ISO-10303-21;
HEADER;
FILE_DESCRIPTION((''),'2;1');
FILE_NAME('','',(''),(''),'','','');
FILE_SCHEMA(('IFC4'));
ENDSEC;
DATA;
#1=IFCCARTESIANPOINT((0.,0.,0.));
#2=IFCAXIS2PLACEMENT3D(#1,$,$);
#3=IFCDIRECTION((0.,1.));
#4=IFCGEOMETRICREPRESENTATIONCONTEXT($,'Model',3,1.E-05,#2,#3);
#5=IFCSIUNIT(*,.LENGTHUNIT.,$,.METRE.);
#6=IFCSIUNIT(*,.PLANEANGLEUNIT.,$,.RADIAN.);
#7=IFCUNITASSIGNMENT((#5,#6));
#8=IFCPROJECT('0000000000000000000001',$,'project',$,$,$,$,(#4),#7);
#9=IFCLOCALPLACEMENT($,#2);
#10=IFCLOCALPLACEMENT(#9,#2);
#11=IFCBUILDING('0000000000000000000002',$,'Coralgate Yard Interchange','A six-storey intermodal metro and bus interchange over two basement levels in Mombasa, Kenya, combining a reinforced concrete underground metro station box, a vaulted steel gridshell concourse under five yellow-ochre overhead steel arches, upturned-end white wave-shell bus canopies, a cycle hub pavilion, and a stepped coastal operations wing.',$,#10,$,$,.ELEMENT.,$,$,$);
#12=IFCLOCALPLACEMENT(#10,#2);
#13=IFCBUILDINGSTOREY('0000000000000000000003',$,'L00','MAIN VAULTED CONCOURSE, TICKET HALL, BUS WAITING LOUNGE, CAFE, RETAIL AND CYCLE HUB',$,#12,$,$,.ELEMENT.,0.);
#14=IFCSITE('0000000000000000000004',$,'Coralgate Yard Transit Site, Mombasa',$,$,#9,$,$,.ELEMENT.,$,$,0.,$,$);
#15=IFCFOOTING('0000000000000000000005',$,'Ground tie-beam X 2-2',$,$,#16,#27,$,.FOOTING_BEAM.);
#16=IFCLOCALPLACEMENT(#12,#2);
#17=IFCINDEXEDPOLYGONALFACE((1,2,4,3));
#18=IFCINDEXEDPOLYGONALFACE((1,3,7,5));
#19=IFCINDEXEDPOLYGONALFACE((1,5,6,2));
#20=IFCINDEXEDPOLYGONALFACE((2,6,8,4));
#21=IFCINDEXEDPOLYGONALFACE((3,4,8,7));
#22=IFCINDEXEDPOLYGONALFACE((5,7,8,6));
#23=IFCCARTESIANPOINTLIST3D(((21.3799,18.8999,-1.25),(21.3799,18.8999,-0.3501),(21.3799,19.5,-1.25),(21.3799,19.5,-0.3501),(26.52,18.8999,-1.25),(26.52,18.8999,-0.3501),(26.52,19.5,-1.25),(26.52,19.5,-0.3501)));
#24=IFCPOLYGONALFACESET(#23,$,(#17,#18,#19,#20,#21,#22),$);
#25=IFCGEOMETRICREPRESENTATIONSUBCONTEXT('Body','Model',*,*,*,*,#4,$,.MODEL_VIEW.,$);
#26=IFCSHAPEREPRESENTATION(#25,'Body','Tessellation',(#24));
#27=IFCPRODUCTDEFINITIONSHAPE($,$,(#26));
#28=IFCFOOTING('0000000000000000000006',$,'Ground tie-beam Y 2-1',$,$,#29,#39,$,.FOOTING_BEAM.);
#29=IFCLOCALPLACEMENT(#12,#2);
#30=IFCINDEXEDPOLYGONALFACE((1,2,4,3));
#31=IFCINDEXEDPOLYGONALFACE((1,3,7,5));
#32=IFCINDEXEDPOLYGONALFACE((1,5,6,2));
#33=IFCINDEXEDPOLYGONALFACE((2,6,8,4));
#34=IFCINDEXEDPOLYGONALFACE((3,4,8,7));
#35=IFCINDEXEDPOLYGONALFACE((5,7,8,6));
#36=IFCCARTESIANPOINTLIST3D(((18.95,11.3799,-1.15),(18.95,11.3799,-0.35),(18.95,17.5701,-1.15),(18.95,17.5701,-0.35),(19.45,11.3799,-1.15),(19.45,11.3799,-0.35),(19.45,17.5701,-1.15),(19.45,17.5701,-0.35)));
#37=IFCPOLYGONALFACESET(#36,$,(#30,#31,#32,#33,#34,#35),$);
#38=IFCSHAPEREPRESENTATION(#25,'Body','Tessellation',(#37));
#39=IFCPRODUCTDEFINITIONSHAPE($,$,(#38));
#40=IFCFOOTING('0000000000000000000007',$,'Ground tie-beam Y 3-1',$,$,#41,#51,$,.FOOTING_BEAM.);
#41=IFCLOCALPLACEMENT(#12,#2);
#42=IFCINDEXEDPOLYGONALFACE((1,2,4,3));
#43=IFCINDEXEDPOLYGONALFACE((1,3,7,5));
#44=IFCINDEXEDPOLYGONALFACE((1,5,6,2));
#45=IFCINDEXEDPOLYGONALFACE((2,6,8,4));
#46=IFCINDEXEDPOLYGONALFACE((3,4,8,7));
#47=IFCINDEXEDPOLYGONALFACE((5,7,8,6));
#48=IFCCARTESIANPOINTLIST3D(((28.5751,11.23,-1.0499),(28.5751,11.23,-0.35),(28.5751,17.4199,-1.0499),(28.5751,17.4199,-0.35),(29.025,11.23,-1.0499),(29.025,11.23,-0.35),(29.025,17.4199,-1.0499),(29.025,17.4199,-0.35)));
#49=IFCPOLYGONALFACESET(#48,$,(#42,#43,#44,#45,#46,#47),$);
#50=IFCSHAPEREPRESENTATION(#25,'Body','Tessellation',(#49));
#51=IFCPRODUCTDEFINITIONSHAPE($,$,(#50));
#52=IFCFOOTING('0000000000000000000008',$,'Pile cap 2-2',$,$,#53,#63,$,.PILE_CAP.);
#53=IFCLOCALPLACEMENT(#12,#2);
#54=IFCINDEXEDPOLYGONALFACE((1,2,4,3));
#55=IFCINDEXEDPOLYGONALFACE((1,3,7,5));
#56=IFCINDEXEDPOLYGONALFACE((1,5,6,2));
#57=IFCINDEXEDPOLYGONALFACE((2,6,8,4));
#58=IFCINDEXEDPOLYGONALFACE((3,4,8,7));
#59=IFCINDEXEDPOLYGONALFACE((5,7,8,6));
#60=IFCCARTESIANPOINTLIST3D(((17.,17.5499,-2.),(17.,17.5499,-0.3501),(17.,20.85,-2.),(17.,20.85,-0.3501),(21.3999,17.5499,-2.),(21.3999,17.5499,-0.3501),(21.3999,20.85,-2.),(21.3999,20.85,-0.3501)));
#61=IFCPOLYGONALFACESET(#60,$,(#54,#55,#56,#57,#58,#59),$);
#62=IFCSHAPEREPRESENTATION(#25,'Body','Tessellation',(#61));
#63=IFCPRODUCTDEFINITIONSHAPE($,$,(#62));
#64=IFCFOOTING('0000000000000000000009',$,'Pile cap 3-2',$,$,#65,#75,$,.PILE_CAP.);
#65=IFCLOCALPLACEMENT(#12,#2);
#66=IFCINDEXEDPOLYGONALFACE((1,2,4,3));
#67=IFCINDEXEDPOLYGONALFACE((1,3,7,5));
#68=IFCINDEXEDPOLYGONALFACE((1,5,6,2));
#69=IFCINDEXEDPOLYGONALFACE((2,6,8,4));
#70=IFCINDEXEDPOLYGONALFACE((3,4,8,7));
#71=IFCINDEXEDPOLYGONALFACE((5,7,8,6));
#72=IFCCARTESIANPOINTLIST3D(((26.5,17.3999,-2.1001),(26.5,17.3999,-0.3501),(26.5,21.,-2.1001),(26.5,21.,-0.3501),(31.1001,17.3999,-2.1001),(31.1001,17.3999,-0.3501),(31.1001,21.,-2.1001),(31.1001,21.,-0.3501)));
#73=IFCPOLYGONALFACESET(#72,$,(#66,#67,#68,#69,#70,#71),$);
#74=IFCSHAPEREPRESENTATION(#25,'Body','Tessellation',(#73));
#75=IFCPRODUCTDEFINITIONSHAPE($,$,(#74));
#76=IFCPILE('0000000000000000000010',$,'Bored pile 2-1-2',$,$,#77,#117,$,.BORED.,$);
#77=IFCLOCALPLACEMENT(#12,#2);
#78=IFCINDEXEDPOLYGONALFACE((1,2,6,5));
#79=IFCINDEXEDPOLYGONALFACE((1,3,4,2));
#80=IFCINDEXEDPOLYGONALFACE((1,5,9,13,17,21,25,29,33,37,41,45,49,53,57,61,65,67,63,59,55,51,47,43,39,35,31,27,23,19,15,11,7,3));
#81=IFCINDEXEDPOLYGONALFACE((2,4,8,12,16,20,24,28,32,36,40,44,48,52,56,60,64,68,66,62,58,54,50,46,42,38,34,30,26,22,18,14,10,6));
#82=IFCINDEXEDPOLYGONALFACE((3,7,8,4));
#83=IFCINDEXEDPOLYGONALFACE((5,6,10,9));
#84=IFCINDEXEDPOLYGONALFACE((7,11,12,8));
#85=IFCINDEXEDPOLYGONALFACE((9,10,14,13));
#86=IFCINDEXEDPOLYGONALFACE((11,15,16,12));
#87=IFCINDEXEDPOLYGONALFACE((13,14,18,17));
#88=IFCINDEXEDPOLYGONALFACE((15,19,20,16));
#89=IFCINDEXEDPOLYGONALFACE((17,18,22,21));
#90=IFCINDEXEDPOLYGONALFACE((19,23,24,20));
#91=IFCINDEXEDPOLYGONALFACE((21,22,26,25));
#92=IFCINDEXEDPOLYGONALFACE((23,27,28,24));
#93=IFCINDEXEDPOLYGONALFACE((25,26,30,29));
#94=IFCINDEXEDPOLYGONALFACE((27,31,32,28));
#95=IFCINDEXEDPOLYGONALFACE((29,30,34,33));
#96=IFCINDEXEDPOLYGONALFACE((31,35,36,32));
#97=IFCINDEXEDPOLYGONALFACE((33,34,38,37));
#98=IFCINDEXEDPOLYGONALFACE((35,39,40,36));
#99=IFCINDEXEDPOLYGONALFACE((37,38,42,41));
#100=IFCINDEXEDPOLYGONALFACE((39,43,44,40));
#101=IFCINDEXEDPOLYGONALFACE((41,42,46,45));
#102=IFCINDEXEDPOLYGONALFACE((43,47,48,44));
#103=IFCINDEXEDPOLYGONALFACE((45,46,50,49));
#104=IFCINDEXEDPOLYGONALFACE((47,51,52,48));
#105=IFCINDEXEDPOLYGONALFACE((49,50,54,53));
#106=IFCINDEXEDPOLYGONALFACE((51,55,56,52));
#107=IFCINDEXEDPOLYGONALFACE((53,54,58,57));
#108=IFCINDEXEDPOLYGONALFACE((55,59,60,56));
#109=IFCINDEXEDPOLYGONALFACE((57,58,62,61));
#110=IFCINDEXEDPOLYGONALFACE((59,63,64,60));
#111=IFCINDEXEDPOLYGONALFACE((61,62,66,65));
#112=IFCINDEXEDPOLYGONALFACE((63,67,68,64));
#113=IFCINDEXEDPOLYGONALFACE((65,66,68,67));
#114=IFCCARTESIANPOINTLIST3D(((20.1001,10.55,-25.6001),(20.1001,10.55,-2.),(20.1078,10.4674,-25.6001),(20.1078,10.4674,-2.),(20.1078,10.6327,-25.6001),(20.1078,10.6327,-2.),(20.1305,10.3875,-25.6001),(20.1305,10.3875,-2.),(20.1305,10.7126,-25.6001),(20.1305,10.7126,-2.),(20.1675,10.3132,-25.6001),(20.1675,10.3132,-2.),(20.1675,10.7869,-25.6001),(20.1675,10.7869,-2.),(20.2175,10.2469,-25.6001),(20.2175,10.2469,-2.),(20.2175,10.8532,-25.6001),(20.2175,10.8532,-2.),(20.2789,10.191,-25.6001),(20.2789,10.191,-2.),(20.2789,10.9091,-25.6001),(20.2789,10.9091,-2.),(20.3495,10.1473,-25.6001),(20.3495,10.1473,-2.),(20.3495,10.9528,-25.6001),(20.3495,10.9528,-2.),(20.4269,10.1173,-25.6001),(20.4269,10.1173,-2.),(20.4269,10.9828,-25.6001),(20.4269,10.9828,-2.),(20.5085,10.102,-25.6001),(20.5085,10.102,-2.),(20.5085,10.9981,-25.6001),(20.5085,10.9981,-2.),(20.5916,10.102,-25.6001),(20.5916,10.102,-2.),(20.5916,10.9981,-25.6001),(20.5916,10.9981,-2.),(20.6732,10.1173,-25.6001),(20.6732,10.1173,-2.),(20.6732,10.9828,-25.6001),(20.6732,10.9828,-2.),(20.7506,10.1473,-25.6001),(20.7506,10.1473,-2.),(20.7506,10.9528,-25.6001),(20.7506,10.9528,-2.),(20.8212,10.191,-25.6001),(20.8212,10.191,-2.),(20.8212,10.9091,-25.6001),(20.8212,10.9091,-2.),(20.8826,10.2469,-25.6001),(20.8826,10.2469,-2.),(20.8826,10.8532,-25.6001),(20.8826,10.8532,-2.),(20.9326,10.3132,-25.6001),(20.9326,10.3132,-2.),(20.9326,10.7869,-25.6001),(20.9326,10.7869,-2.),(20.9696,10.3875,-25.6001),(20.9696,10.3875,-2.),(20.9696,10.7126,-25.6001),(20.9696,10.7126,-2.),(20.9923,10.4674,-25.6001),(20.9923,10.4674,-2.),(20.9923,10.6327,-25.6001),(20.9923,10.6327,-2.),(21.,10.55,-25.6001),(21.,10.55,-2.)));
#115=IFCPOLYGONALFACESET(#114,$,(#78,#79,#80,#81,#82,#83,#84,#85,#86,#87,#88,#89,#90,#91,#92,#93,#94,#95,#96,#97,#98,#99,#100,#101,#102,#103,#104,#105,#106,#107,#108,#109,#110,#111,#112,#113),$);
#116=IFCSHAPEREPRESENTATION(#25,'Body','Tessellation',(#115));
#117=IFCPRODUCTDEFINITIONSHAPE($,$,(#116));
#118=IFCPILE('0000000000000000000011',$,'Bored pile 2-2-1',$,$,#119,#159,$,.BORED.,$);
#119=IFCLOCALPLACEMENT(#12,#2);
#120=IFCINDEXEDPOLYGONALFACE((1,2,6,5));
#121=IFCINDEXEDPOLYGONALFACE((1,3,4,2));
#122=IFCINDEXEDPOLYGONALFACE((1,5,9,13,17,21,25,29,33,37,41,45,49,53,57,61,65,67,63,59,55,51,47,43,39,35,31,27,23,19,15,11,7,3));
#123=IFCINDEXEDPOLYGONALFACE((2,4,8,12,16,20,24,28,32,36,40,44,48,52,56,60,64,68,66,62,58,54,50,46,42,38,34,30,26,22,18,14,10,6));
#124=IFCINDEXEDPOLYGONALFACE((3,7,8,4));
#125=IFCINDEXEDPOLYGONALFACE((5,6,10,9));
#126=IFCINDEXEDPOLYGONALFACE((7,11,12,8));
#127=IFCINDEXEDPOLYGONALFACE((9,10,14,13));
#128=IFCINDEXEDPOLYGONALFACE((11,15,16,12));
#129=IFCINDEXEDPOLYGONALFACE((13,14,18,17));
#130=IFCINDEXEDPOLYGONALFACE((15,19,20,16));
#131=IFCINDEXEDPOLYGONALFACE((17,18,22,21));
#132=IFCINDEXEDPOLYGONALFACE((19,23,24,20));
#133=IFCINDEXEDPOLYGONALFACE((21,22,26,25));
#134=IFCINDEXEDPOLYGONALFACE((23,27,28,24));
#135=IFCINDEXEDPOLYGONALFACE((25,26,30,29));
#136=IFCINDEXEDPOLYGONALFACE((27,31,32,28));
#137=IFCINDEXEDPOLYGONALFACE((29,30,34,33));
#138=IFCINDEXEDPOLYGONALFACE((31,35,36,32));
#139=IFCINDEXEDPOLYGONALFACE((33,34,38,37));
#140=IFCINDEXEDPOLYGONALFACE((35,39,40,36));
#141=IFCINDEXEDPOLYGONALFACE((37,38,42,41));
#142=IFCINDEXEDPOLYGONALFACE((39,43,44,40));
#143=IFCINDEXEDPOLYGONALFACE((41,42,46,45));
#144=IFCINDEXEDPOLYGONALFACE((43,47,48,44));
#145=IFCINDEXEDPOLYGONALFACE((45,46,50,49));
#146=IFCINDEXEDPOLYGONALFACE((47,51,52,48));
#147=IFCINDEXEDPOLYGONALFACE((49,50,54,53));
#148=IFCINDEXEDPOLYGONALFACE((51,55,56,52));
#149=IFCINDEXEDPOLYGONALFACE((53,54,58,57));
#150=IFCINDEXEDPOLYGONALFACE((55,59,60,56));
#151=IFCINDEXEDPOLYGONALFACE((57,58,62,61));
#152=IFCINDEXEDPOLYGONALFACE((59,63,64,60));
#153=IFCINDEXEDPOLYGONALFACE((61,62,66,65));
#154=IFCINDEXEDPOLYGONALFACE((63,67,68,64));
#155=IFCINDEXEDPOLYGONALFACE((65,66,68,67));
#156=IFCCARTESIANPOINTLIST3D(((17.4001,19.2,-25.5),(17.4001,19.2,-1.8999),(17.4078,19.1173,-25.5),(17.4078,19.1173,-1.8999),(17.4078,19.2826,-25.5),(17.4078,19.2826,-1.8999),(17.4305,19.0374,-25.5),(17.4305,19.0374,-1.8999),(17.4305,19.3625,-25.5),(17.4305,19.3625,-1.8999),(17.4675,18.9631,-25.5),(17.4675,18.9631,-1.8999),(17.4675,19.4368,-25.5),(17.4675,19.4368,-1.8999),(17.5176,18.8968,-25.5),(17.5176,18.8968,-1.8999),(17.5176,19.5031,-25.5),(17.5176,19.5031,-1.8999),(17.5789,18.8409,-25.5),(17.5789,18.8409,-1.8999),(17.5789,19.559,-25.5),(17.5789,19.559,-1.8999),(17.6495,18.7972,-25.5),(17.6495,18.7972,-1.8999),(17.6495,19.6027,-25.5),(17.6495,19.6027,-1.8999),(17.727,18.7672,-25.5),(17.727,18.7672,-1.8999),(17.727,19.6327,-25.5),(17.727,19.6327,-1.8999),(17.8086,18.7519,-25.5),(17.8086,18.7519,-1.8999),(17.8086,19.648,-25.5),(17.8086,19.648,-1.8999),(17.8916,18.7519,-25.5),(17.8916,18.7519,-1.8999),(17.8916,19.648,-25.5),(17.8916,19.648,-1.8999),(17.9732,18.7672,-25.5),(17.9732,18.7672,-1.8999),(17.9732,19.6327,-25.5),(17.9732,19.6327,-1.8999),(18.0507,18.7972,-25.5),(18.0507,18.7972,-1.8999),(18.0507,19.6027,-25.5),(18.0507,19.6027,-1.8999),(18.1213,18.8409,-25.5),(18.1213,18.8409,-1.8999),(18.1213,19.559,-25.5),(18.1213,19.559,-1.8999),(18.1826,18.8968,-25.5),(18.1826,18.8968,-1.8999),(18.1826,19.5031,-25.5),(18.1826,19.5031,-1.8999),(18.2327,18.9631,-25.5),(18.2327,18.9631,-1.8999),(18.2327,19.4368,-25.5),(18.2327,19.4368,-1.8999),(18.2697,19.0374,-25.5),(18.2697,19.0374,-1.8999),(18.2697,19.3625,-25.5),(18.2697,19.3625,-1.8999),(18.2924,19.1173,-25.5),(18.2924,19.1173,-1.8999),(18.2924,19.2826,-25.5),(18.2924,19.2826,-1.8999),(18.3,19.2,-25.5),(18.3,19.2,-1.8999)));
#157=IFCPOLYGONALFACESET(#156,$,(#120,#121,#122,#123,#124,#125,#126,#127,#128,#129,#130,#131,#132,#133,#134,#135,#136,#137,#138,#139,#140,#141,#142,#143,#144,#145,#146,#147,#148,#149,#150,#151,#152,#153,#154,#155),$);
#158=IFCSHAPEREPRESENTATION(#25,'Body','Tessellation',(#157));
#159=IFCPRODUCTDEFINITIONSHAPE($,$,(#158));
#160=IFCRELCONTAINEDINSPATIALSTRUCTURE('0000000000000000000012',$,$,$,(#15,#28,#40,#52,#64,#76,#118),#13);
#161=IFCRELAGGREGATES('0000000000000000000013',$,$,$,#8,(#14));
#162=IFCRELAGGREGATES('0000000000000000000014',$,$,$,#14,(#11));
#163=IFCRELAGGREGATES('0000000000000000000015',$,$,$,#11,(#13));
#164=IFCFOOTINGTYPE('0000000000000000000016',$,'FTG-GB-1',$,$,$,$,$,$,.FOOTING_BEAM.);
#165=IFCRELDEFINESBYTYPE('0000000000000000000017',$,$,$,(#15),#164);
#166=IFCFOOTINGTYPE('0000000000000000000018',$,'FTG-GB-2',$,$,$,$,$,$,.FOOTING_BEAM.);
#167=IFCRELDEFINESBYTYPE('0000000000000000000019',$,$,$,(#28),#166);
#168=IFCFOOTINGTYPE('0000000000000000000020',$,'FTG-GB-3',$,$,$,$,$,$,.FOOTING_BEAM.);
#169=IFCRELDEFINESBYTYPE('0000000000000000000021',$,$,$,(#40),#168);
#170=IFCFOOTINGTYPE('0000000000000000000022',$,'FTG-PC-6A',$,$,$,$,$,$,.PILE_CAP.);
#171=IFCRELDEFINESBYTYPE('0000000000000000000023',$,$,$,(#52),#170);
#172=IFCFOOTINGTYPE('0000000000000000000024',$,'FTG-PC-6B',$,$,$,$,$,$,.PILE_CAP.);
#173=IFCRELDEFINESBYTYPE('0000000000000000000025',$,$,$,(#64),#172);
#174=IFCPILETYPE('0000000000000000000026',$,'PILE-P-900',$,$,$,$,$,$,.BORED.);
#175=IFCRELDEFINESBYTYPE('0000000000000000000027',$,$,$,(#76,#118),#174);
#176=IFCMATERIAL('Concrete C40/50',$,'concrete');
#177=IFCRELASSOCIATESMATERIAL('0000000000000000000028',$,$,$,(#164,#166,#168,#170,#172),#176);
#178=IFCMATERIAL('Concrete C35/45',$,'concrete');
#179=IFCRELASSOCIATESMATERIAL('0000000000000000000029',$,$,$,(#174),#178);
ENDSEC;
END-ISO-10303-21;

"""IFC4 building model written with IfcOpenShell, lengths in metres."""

from ifc_helpers import new_model, si_unit, direction, frame, origin, origin_2d, place, context, subcontext, project, spatial, rectangle, circle, extrude, material, material_profile, profile_set, type_object, element, save


model = new_model("IFC4")

# Units and contexts
model_context = context("Model", 3, precision=1e-05, world=origin(), true_north=direction((0.0, 1.0)))
body_context = subcontext(model_context, "Body", "Model", "MODEL_VIEW")
ifc_project = project(units=[si_unit("LENGTHUNIT", "METRE"), si_unit("PLANEANGLEUNIT", "RADIAN")], contexts=[model_context])

# Site, building, storey
site_placement = place(None, origin())
site = spatial("IfcSite", under=ifc_project, at=site_placement, Name="Coralgate Yard Transit Site, Mombasa", CompositionType="ELEMENT", RefElevation=0.0)
building_placement = place(site_placement, origin())
building = spatial("IfcBuilding", under=site, at=building_placement, Name="Coralgate Yard Interchange", Description="A six-storey intermodal metro and bus interchange over two basement levels in Mombasa, Kenya, combining a reinforced concrete underground metro station box, a vaulted steel gridshell concourse under five yellow-ochre overhead steel arches, upturned-end white wave-shell bus canopies, a cycle hub pavilion, and a stepped coastal operations wing.", CompositionType="ELEMENT")
storey_placement = place(building_placement, origin())
storey = spatial("IfcBuildingStorey", under=building, at=storey_placement, Name="L00", Description="MAIN VAULTED CONCOURSE, TICKET HALL, BUS WAITING LOUNGE, CAFE, RETAIL AND CYCLE HUB", CompositionType="ELEMENT", Elevation=0.0)

# Footings
ifc_material_1 = material(Name="Concrete C40/50", Category="concrete")
ifc_material_profile_1 = material_profile(ifc_material_1, rectangle(XDim=0.6001, YDim=0.8999, at=origin_2d()), Name="RC 600x900")
ifc_profile_set_1 = profile_set([ifc_material_profile_1], Name="Concrete C40/50")
footing_type_1 = type_object("IfcFootingType", Name="FTG-GB-1", PredefinedType="FOOTING_BEAM", material=ifc_profile_set_1)
footing_1_placement = place(storey_placement, frame((21.3799, 19.2, -0.8), z_axis=(1.0, 0.0, 0.0), x_axis=(0.0, 1.0, 0.0)))
element("IfcFooting", 1, at=footing_1_placement, inside=storey, type_object=footing_type_1, Name="Ground tie-beam X 2-2", PredefinedType="FOOTING_BEAM", context=body_context, shape_type="SweptSolid", body=[
    extrude(rectangle(XDim=0.6001, YDim=0.8999, at=origin_2d()), origin(), (0.0, 0.0, 1.0), 5.1401),
])
ifc_material_profile_2 = material_profile(ifc_material_1, rectangle(XDim=0.5, YDim=0.8, at=origin_2d()), Name="RC 500x800")
ifc_profile_set_2 = profile_set([ifc_material_profile_2], Name="Concrete C40/50")
footing_type_2 = type_object("IfcFootingType", Name="FTG-GB-2", PredefinedType="FOOTING_BEAM", material=ifc_profile_set_2)
footing_2_placement = place(storey_placement, frame((19.2, 11.3799, -0.75), z_axis=(0.0, 1.0, 0.0), x_axis=(-1.0, 0.0, 0.0)))
element("IfcFooting", 2, at=footing_2_placement, inside=storey, type_object=footing_type_2, Name="Ground tie-beam Y 2-1", PredefinedType="FOOTING_BEAM", context=body_context, shape_type="SweptSolid", body=[
    extrude(rectangle(XDim=0.5, YDim=0.8, at=origin_2d()), origin(), (0.0, 0.0, 1.0), 6.1902),
])
ifc_material_profile_3 = material_profile(ifc_material_1, rectangle(XDim=0.45, YDim=0.7, at=origin_2d()), Name="RC 450x700")
ifc_profile_set_3 = profile_set([ifc_material_profile_3], Name="Concrete C40/50")
footing_type_3 = type_object("IfcFootingType", Name="FTG-GB-3", PredefinedType="FOOTING_BEAM", material=ifc_profile_set_3)
footing_3_placement = place(storey_placement, frame((28.8, 11.23, -0.7), z_axis=(0.0, 1.0, 0.0), x_axis=(-1.0, 0.0, 0.0)))
element("IfcFooting", 3, at=footing_3_placement, inside=storey, type_object=footing_type_3, Name="Ground tie-beam Y 3-1", PredefinedType="FOOTING_BEAM", context=body_context, shape_type="SweptSolid", body=[
    extrude(rectangle(XDim=0.45, YDim=0.7, at=origin_2d()), origin(), (0.0, 0.0, 1.0), 6.1899),
])
footing_type_4 = type_object("IfcFootingType", Name="FTG-PC-6A", PredefinedType="PILE_CAP", material=ifc_material_1)
footing_4_placement = place(storey_placement, frame((19.2, 19.2, -2.0), z_axis=(0.0, 0.0, 1.0), x_axis=(1.0, 0.0, 0.0)))
element("IfcFooting", 4, at=footing_4_placement, inside=storey, type_object=footing_type_4, Name="Pile cap 2-2", PredefinedType="PILE_CAP", context=body_context, shape_type="SweptSolid", body=[
    extrude(rectangle(XDim=4.3999, YDim=3.3, at=origin_2d()), origin(), (0.0, 0.0, 1.0), 1.6499),
])
footing_type_5 = type_object("IfcFootingType", Name="FTG-PC-6B", PredefinedType="PILE_CAP", material=ifc_material_1)
footing_5_placement = place(storey_placement, frame((28.8, 19.2, -2.1001), z_axis=(0.0, 0.0, 1.0), x_axis=(1.0, 0.0, 0.0)))
element("IfcFooting", 5, at=footing_5_placement, inside=storey, type_object=footing_type_5, Name="Pile cap 3-2", PredefinedType="PILE_CAP", context=body_context, shape_type="SweptSolid", body=[
    extrude(rectangle(XDim=4.6001, YDim=3.6001, at=origin_2d()), origin(), (0.0, 0.0, 1.0), 1.75),
])

# Piles
ifc_material_2 = material(Name="Concrete C35/45", Category="concrete")
ifc_material_profile_4 = material_profile(ifc_material_2, circle(Radius=0.45, at=origin_2d()), Name="BORED PILE D900")
ifc_profile_set_4 = profile_set([ifc_material_profile_4], Name="Concrete C35/45")
pile_type = type_object("IfcPileType", Name="PILE-P-900", PredefinedType="BORED", material=ifc_profile_set_4)
for number, where, z_axis, x_axis, name in (
    (6, (20.55, 10.55, -2.0), (0.0, 0.0, -1.0), (1.0, 0.0, 0.0), "Bored pile 2-1-2"),
    (7, (17.8501, 19.2, -1.8999), (0.0, 0.0, -1.0), (1.0, 0.0, 0.0), "Bored pile 2-2-1"),
):
    element("IfcPile", number, at=place(storey_placement, frame(where, z_axis=z_axis, x_axis=x_axis)), inside=storey, type_object=pile_type, Name=name, PredefinedType="BORED", context=body_context, shape_type="SweptSolid", body=[
        extrude(circle(Radius=0.45, at=origin_2d()), origin(), (0.0, 0.0, 1.0), 23.6001),
    ])

save(model, "model.ifc")
